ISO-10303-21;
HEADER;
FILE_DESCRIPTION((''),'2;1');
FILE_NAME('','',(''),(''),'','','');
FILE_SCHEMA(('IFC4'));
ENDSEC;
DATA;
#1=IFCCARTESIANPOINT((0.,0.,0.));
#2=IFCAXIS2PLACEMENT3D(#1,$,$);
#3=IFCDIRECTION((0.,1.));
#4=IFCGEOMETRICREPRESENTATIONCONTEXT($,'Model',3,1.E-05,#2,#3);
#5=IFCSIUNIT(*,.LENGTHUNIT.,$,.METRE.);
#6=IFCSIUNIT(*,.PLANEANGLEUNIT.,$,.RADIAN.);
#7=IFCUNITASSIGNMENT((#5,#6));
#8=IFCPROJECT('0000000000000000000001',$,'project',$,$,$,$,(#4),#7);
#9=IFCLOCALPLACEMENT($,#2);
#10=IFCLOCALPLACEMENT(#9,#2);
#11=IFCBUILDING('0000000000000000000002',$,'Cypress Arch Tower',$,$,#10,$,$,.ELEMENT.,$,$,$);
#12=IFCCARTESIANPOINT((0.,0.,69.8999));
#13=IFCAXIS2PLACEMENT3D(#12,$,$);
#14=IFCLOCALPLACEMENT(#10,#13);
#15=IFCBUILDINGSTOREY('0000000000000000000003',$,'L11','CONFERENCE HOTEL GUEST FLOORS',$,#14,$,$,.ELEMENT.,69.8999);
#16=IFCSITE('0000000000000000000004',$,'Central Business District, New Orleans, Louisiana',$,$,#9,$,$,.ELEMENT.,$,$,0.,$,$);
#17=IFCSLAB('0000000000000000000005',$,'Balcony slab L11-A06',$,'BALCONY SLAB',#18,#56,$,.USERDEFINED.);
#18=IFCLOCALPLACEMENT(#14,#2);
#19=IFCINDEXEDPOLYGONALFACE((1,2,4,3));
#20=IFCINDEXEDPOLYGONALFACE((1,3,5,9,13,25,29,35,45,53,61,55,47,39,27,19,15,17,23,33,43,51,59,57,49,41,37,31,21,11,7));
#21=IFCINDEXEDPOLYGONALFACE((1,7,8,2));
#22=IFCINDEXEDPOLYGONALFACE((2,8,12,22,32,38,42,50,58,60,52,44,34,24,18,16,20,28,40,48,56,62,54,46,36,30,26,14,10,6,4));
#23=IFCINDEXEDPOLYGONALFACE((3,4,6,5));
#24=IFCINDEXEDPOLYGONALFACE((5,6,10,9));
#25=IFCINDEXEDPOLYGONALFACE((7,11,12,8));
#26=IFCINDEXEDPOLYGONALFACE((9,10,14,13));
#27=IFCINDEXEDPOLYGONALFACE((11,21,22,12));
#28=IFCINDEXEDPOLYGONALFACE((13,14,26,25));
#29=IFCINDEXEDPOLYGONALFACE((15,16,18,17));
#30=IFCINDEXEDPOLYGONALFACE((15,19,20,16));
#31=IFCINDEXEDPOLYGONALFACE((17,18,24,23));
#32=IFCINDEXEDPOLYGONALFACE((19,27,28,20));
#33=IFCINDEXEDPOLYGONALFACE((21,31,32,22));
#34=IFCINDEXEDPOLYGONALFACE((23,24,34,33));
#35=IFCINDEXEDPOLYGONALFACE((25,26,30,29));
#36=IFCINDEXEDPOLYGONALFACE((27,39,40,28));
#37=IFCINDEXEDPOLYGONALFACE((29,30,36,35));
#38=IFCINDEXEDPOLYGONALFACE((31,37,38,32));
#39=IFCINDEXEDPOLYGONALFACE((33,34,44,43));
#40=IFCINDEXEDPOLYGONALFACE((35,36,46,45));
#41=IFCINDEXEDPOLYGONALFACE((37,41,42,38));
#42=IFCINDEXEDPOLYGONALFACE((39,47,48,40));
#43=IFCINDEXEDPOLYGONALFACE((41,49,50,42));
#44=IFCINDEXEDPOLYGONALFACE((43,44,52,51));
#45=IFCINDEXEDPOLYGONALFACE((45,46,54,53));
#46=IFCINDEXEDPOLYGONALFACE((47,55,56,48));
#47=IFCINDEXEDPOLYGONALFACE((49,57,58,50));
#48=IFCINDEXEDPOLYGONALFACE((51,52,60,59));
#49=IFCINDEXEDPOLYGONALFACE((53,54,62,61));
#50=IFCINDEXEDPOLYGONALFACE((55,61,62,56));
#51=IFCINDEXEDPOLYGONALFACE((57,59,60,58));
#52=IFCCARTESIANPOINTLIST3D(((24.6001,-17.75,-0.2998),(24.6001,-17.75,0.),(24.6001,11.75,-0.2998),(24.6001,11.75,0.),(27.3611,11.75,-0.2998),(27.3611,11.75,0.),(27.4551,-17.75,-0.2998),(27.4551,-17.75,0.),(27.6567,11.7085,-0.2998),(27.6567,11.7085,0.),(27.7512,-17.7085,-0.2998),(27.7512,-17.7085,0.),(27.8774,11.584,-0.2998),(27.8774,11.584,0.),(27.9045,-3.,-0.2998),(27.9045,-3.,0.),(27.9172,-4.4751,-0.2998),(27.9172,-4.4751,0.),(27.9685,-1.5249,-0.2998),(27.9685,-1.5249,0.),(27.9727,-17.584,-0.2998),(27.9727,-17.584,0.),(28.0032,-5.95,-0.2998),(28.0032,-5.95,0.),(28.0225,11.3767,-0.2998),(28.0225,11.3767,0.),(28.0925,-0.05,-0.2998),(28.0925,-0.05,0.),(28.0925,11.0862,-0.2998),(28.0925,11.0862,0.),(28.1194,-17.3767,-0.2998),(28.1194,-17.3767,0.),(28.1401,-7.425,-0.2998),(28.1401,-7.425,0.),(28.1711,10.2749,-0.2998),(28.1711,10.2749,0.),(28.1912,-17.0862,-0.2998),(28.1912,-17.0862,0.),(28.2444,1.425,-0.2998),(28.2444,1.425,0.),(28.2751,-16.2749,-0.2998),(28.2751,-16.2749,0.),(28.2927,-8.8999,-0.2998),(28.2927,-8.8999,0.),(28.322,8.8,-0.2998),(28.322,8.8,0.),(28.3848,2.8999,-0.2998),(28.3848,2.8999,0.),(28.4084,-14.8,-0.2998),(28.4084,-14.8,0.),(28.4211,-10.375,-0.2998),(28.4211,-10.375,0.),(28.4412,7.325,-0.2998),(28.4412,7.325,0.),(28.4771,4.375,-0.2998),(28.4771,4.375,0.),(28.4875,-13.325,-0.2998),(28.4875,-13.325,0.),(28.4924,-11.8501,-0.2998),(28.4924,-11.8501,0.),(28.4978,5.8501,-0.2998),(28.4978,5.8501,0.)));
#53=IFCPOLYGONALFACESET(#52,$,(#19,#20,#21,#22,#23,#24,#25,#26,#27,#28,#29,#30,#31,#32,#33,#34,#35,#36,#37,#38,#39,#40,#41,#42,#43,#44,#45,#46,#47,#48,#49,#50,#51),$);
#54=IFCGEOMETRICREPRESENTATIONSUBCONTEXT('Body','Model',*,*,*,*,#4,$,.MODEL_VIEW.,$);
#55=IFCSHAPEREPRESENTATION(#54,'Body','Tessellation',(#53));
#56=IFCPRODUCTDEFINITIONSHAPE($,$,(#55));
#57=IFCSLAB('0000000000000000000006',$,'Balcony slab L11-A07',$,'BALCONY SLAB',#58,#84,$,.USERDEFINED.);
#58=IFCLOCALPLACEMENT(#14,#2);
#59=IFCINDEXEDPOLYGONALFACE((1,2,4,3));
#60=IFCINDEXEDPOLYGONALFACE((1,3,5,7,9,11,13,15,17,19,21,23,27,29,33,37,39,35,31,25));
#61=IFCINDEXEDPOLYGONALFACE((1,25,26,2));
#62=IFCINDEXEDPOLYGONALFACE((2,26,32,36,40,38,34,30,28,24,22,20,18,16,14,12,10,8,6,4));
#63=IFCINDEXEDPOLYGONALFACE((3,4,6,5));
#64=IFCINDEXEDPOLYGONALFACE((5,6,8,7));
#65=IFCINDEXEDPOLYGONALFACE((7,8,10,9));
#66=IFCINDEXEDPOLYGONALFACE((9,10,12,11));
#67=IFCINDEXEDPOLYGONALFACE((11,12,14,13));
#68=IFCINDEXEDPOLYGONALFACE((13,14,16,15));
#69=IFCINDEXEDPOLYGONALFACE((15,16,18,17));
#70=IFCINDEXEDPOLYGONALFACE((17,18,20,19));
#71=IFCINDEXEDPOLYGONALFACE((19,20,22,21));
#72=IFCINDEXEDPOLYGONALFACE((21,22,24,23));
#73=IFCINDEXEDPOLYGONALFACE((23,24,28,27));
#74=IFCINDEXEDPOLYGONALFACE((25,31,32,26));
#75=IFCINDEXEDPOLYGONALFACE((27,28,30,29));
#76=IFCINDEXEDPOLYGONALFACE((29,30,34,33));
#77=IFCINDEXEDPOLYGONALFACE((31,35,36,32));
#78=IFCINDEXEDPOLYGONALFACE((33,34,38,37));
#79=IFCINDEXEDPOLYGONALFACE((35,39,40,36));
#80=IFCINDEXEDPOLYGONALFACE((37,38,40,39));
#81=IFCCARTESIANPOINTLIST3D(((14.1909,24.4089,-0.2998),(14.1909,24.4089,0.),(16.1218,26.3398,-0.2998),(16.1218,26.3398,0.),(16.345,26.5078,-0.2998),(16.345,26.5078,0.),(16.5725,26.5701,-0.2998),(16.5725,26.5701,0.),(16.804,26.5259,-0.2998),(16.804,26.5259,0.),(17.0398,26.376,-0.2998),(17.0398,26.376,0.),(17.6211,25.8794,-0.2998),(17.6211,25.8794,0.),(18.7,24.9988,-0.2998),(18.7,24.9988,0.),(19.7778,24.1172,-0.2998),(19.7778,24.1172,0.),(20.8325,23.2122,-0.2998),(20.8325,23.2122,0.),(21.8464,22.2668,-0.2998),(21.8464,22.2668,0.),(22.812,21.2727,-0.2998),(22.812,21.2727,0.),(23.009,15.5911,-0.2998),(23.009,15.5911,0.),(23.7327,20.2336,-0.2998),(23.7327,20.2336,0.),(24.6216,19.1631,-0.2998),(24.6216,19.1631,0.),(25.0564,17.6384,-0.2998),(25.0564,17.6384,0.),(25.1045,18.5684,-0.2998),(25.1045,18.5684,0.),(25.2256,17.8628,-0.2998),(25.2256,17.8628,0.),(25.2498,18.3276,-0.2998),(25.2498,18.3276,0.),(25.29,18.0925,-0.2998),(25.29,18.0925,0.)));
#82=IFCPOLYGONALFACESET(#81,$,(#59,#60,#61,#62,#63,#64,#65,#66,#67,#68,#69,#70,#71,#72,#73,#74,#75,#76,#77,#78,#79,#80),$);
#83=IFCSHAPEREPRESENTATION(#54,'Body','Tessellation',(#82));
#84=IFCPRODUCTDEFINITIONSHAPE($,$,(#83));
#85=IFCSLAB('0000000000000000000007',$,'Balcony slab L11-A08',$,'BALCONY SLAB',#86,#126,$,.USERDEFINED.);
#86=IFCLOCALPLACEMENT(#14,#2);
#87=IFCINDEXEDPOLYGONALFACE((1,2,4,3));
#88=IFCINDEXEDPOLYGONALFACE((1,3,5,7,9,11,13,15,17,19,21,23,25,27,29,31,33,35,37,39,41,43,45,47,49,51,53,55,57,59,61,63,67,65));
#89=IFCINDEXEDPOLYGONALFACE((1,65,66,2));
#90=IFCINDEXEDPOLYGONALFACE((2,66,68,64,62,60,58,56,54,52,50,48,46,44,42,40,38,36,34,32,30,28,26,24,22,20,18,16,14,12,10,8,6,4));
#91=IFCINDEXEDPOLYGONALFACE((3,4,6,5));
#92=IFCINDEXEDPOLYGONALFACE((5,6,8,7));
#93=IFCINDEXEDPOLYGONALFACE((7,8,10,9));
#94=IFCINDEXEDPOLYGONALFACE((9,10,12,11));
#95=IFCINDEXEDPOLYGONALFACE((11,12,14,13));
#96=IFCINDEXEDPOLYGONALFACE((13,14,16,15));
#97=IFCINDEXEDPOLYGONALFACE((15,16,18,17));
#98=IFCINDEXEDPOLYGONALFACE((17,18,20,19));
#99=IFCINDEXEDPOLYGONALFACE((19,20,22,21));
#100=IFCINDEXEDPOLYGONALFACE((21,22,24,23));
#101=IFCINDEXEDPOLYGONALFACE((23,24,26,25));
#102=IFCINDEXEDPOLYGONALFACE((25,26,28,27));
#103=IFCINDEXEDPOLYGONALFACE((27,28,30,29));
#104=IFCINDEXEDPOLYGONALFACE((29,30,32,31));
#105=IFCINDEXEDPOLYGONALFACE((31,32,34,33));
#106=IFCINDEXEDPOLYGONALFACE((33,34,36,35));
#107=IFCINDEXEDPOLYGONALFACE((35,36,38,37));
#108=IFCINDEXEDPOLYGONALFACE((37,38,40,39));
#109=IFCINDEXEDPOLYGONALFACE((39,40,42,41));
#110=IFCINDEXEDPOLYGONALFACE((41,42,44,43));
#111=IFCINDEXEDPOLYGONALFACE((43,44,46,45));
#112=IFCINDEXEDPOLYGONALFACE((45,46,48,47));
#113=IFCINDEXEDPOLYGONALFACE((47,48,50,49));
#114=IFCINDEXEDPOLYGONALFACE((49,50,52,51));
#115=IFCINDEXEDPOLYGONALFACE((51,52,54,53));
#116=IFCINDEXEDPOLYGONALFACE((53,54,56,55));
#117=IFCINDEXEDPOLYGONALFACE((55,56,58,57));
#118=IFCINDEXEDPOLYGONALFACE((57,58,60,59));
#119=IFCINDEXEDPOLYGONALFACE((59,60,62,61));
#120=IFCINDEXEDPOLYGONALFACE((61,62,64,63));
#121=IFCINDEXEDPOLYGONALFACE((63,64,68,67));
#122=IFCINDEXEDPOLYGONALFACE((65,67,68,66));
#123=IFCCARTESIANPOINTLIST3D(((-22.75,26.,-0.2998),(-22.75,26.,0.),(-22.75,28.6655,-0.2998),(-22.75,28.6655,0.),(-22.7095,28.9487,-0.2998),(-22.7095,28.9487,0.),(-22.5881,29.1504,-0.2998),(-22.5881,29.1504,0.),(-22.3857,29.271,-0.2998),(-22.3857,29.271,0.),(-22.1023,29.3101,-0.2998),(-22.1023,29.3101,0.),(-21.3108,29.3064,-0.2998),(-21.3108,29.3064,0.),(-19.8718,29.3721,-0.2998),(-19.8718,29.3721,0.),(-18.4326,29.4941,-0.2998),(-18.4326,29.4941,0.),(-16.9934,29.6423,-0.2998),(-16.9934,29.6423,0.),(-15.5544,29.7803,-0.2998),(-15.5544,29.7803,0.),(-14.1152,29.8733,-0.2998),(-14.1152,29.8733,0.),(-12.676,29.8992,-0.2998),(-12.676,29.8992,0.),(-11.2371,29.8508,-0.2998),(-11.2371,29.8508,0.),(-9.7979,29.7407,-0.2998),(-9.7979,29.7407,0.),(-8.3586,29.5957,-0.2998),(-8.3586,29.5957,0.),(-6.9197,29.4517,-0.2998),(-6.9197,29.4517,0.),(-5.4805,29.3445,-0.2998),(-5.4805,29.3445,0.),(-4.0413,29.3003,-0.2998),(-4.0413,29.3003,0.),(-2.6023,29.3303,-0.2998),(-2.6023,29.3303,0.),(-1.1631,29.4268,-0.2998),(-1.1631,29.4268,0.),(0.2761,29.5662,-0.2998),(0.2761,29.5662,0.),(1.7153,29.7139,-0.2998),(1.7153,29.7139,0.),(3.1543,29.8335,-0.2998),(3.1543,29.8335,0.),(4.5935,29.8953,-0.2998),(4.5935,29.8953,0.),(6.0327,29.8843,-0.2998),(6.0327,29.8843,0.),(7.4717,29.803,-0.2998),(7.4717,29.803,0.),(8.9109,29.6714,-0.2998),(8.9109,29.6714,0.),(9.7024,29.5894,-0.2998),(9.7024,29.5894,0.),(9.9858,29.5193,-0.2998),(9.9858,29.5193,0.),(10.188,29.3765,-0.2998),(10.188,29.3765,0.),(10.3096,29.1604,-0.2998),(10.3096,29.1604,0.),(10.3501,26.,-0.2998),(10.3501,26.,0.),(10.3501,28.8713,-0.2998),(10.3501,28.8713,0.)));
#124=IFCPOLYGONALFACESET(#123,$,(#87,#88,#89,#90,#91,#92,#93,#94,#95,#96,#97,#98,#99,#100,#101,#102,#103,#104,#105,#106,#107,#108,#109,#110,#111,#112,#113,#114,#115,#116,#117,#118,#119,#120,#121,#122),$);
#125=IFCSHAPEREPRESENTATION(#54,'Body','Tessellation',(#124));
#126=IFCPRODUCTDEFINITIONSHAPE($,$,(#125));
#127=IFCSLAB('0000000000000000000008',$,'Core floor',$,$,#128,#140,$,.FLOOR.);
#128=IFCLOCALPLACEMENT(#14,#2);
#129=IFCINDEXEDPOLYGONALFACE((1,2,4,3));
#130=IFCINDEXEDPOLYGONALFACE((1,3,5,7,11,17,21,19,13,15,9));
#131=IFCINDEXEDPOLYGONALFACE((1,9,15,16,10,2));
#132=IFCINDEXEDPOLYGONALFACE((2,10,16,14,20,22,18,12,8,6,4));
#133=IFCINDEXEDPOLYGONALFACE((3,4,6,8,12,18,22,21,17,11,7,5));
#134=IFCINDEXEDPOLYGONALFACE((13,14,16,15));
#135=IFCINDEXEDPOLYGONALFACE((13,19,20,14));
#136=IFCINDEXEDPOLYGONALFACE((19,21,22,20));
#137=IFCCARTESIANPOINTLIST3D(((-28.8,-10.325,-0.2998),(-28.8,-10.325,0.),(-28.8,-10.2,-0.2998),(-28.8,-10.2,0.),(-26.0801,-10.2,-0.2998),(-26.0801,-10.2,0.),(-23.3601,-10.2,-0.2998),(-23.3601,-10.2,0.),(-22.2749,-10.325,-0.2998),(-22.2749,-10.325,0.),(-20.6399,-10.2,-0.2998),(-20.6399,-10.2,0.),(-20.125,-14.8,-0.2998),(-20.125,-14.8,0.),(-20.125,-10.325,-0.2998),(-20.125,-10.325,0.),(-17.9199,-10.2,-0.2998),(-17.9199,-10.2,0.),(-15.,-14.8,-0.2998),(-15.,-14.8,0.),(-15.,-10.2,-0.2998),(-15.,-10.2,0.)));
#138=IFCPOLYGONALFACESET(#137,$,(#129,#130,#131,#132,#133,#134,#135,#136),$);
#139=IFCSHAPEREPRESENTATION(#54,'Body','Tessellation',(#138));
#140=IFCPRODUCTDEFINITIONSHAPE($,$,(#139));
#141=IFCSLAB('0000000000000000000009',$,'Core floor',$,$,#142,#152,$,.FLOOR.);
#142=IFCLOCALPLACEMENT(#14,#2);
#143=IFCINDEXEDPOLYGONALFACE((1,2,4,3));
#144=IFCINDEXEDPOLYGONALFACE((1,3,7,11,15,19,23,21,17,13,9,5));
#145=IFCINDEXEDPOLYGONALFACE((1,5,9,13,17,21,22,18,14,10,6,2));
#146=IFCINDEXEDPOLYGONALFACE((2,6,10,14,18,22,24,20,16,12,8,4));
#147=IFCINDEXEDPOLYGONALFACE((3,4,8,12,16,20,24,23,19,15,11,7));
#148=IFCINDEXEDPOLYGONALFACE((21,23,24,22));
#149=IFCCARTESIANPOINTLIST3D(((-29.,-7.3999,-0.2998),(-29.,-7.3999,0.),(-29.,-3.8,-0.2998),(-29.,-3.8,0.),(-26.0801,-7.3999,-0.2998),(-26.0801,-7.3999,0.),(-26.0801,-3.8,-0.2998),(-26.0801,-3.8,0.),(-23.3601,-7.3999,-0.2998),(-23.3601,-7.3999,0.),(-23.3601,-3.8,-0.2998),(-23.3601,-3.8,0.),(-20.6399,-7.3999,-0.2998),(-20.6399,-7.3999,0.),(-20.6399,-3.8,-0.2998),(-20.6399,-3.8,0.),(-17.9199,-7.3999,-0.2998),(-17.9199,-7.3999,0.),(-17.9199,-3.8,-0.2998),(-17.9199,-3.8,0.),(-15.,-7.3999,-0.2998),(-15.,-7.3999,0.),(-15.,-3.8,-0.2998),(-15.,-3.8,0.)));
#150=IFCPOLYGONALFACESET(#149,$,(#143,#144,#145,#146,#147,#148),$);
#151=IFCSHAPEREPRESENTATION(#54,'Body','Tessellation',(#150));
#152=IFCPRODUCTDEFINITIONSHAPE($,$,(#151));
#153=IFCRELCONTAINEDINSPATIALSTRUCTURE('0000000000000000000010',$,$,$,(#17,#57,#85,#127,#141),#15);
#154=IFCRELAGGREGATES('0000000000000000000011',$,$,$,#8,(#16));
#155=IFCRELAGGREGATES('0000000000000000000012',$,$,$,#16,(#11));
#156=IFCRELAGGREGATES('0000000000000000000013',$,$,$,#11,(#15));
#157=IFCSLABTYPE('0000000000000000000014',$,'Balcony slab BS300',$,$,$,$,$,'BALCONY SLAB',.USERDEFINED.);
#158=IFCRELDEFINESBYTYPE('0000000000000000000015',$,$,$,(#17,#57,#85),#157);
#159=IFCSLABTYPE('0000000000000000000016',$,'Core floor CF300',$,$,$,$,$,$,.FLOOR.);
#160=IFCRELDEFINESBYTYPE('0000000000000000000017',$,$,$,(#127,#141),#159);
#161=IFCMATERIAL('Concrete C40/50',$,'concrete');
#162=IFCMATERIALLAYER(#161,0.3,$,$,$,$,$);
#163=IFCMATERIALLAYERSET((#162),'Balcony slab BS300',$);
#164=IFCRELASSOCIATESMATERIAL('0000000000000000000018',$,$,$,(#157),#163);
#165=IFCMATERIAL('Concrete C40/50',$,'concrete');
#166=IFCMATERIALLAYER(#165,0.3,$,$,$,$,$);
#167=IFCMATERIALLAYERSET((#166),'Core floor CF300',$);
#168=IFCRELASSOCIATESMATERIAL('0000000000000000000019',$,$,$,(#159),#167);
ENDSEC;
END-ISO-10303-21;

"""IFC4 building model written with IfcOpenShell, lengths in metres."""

from ifc_helpers import new_model, si_unit, direction, frame, origin, place, context, subcontext, project, spatial, polyline, outline, extrude, material, layer, layer_set, type_object, element, save


model = new_model("IFC4")

# Units and contexts
model_context = context("Model", 3, precision=1e-05, world=origin(), true_north=direction((0.0, 1.0)))
body_context = subcontext(model_context, "Body", "Model", "MODEL_VIEW")
ifc_project = project(units=[si_unit("LENGTHUNIT", "METRE"), si_unit("PLANEANGLEUNIT", "RADIAN")], contexts=[model_context])

# Site, building, storey
site_placement = place(None, origin())
site = spatial("IfcSite", under=ifc_project, at=site_placement, Name="Central Business District, New Orleans, Louisiana", CompositionType="ELEMENT", RefElevation=0.0)
building_placement = place(site_placement, origin())
building = spatial("IfcBuilding", under=site, at=building_placement, Name="Cypress Arch Tower", CompositionType="ELEMENT")
storey_placement = place(building_placement, frame((0.0, 0.0, 69.8999)))
storey = spatial("IfcBuildingStorey", under=building, at=storey_placement, Name="L11", Description="CONFERENCE HOTEL GUEST FLOORS", CompositionType="ELEMENT", Elevation=69.8999)

# Slabs
ifc_material_1 = material(Name="Concrete C40/50", Category="concrete")
ifc_layer_1 = layer(ifc_material_1, 0.3)
ifc_layer_set_1 = layer_set([ifc_layer_1], Name="Balcony slab BS300")
slab_type_1 = type_object("IfcSlabType", Name="Balcony slab BS300", ElementType="BALCONY SLAB", PredefinedType="USERDEFINED", material=ifc_layer_set_1)
slab_1_placement = place(storey_placement, frame((0.0, 0.0, -0.2998)))
element("IfcSlab", 1, at=slab_1_placement, inside=storey, type_object=slab_type_1, Name="Balcony slab L11-A06", ObjectType="BALCONY SLAB", PredefinedType="USERDEFINED", context=body_context, shape_type="SweptSolid", body=[
    extrude(outline(polyline([(24.6001, -17.75), (27.4551, -17.75), (27.7512, -17.7085), (27.9727, -17.584), (28.1194, -17.3767), (28.1912, -17.0862), (28.2751, -16.2749), (28.4084, -14.8), (28.4875, -13.325), (28.4924, -11.8501), (28.4211, -10.375), (28.2927, -8.8999), (28.1401, -7.425), (28.0032, -5.95), (27.9172, -4.4751), (27.9045, -3.0), (27.9685, -1.5249), (28.0925, -0.05), (28.2444, 1.425), (28.3848, 2.8999), (28.4771, 4.375), (28.4978, 5.8501), (28.4412, 7.325), (28.322, 8.8), (28.1711, 10.2749), (28.0925, 11.0862), (28.0225, 11.3767), (27.8774, 11.584), (27.6567, 11.7085), (27.3611, 11.75), (24.6001, 11.75), (24.6001, -17.75)])), origin(), (0.0, 0.0, 1.0), 0.2998),
])
slab_2_placement = place(storey_placement, frame((0.0, 0.0, -0.2998)))
element("IfcSlab", 2, at=slab_2_placement, inside=storey, type_object=slab_type_1, Name="Balcony slab L11-A07", ObjectType="BALCONY SLAB", PredefinedType="USERDEFINED", context=body_context, shape_type="SweptSolid", body=[
    extrude(outline(polyline([(23.009, 15.5911), (25.0564, 17.6384), (25.2256, 17.8628), (25.29, 18.0925), (25.2498, 18.3276), (25.1045, 18.5684), (24.6216, 19.1631), (23.7327, 20.2336), (22.812, 21.2727), (21.8464, 22.2668), (20.8325, 23.2122), (19.7778, 24.1172), (18.7, 24.9988), (17.6211, 25.8794), (17.0398, 26.376), (16.804, 26.5259), (16.5725, 26.5701), (16.345, 26.5078), (16.1218, 26.3398), (14.1909, 24.4089), (23.009, 15.5911)])), origin(), (0.0, 0.0, 1.0), 0.2998),
])
slab_3_placement = place(storey_placement, frame((0.0, 0.0, -0.2998)))
element("IfcSlab", 3, at=slab_3_placement, inside=storey, type_object=slab_type_1, Name="Balcony slab L11-A08", ObjectType="BALCONY SLAB", PredefinedType="USERDEFINED", context=body_context, shape_type="SweptSolid", body=[
    extrude(outline(polyline([(10.3501, 26.0), (10.3501, 28.8713), (10.3096, 29.1604), (10.188, 29.3765), (9.9858, 29.5193), (9.7024, 29.5894), (8.9109, 29.6714), (7.4717, 29.803), (6.0327, 29.8843), (4.5935, 29.8953), (3.1543, 29.8335), (1.7153, 29.7139), (0.2761, 29.5662), (-1.1631, 29.4268), (-2.6023, 29.3303), (-4.0413, 29.3003), (-5.4805, 29.3445), (-6.9197, 29.4517), (-8.3586, 29.5957), (-9.7979, 29.7407), (-11.2371, 29.8508), (-12.676, 29.8992), (-14.1152, 29.8733), (-15.5544, 29.7803), (-16.9934, 29.6423), (-18.4326, 29.4941), (-19.8718, 29.3721), (-21.3108, 29.3064), (-22.1023, 29.3101), (-22.3857, 29.271), (-22.5881, 29.1504), (-22.7095, 28.9487), (-22.75, 28.6655), (-22.75, 26.0), (10.3501, 26.0)])), origin(), (0.0, 0.0, 1.0), 0.2998),
])
ifc_material_2 = material(Name="Concrete C40/50", Category="concrete")
ifc_layer_2 = layer(ifc_material_2, 0.3)
ifc_layer_set_2 = layer_set([ifc_layer_2], Name="Core floor CF300")
slab_type_2 = type_object("IfcSlabType", Name="Core floor CF300", PredefinedType="FLOOR", material=ifc_layer_set_2)
slab_4_placement = place(storey_placement, frame((0.0, 0.0, -0.2998)))
element("IfcSlab", 4, at=slab_4_placement, inside=storey, type_object=slab_type_2, Name="Core floor", PredefinedType="FLOOR", context=body_context, shape_type="SweptSolid", body=[
    extrude(outline(polyline([(-20.125, -14.8), (-15.0, -14.8), (-15.0, -10.2), (-17.9199, -10.2), (-20.6399, -10.2), (-23.3601, -10.2), (-26.0801, -10.2), (-28.8, -10.2), (-28.8, -10.325), (-22.2749, -10.325), (-20.125, -10.325), (-20.125, -14.8)])), origin(), (0.0, 0.0, 1.0), 0.2998),
])
slab_5_placement = place(storey_placement, frame((0.0, 0.0, -0.2998)))
element("IfcSlab", 5, at=slab_5_placement, inside=storey, type_object=slab_type_2, Name="Core floor", PredefinedType="FLOOR", context=body_context, shape_type="SweptSolid", body=[
    extrude(outline(polyline([(-29.0, -3.8), (-29.0, -7.3999), (-26.0801, -7.3999), (-23.3601, -7.3999), (-20.6399, -7.3999), (-17.9199, -7.3999), (-15.0, -7.3999), (-15.0, -3.8), (-17.9199, -3.8), (-20.6399, -3.8), (-23.3601, -3.8), (-26.0801, -3.8), (-29.0, -3.8)])), origin(), (0.0, 0.0, 1.0), 0.2998),
])

save(model, "model.ifc")
